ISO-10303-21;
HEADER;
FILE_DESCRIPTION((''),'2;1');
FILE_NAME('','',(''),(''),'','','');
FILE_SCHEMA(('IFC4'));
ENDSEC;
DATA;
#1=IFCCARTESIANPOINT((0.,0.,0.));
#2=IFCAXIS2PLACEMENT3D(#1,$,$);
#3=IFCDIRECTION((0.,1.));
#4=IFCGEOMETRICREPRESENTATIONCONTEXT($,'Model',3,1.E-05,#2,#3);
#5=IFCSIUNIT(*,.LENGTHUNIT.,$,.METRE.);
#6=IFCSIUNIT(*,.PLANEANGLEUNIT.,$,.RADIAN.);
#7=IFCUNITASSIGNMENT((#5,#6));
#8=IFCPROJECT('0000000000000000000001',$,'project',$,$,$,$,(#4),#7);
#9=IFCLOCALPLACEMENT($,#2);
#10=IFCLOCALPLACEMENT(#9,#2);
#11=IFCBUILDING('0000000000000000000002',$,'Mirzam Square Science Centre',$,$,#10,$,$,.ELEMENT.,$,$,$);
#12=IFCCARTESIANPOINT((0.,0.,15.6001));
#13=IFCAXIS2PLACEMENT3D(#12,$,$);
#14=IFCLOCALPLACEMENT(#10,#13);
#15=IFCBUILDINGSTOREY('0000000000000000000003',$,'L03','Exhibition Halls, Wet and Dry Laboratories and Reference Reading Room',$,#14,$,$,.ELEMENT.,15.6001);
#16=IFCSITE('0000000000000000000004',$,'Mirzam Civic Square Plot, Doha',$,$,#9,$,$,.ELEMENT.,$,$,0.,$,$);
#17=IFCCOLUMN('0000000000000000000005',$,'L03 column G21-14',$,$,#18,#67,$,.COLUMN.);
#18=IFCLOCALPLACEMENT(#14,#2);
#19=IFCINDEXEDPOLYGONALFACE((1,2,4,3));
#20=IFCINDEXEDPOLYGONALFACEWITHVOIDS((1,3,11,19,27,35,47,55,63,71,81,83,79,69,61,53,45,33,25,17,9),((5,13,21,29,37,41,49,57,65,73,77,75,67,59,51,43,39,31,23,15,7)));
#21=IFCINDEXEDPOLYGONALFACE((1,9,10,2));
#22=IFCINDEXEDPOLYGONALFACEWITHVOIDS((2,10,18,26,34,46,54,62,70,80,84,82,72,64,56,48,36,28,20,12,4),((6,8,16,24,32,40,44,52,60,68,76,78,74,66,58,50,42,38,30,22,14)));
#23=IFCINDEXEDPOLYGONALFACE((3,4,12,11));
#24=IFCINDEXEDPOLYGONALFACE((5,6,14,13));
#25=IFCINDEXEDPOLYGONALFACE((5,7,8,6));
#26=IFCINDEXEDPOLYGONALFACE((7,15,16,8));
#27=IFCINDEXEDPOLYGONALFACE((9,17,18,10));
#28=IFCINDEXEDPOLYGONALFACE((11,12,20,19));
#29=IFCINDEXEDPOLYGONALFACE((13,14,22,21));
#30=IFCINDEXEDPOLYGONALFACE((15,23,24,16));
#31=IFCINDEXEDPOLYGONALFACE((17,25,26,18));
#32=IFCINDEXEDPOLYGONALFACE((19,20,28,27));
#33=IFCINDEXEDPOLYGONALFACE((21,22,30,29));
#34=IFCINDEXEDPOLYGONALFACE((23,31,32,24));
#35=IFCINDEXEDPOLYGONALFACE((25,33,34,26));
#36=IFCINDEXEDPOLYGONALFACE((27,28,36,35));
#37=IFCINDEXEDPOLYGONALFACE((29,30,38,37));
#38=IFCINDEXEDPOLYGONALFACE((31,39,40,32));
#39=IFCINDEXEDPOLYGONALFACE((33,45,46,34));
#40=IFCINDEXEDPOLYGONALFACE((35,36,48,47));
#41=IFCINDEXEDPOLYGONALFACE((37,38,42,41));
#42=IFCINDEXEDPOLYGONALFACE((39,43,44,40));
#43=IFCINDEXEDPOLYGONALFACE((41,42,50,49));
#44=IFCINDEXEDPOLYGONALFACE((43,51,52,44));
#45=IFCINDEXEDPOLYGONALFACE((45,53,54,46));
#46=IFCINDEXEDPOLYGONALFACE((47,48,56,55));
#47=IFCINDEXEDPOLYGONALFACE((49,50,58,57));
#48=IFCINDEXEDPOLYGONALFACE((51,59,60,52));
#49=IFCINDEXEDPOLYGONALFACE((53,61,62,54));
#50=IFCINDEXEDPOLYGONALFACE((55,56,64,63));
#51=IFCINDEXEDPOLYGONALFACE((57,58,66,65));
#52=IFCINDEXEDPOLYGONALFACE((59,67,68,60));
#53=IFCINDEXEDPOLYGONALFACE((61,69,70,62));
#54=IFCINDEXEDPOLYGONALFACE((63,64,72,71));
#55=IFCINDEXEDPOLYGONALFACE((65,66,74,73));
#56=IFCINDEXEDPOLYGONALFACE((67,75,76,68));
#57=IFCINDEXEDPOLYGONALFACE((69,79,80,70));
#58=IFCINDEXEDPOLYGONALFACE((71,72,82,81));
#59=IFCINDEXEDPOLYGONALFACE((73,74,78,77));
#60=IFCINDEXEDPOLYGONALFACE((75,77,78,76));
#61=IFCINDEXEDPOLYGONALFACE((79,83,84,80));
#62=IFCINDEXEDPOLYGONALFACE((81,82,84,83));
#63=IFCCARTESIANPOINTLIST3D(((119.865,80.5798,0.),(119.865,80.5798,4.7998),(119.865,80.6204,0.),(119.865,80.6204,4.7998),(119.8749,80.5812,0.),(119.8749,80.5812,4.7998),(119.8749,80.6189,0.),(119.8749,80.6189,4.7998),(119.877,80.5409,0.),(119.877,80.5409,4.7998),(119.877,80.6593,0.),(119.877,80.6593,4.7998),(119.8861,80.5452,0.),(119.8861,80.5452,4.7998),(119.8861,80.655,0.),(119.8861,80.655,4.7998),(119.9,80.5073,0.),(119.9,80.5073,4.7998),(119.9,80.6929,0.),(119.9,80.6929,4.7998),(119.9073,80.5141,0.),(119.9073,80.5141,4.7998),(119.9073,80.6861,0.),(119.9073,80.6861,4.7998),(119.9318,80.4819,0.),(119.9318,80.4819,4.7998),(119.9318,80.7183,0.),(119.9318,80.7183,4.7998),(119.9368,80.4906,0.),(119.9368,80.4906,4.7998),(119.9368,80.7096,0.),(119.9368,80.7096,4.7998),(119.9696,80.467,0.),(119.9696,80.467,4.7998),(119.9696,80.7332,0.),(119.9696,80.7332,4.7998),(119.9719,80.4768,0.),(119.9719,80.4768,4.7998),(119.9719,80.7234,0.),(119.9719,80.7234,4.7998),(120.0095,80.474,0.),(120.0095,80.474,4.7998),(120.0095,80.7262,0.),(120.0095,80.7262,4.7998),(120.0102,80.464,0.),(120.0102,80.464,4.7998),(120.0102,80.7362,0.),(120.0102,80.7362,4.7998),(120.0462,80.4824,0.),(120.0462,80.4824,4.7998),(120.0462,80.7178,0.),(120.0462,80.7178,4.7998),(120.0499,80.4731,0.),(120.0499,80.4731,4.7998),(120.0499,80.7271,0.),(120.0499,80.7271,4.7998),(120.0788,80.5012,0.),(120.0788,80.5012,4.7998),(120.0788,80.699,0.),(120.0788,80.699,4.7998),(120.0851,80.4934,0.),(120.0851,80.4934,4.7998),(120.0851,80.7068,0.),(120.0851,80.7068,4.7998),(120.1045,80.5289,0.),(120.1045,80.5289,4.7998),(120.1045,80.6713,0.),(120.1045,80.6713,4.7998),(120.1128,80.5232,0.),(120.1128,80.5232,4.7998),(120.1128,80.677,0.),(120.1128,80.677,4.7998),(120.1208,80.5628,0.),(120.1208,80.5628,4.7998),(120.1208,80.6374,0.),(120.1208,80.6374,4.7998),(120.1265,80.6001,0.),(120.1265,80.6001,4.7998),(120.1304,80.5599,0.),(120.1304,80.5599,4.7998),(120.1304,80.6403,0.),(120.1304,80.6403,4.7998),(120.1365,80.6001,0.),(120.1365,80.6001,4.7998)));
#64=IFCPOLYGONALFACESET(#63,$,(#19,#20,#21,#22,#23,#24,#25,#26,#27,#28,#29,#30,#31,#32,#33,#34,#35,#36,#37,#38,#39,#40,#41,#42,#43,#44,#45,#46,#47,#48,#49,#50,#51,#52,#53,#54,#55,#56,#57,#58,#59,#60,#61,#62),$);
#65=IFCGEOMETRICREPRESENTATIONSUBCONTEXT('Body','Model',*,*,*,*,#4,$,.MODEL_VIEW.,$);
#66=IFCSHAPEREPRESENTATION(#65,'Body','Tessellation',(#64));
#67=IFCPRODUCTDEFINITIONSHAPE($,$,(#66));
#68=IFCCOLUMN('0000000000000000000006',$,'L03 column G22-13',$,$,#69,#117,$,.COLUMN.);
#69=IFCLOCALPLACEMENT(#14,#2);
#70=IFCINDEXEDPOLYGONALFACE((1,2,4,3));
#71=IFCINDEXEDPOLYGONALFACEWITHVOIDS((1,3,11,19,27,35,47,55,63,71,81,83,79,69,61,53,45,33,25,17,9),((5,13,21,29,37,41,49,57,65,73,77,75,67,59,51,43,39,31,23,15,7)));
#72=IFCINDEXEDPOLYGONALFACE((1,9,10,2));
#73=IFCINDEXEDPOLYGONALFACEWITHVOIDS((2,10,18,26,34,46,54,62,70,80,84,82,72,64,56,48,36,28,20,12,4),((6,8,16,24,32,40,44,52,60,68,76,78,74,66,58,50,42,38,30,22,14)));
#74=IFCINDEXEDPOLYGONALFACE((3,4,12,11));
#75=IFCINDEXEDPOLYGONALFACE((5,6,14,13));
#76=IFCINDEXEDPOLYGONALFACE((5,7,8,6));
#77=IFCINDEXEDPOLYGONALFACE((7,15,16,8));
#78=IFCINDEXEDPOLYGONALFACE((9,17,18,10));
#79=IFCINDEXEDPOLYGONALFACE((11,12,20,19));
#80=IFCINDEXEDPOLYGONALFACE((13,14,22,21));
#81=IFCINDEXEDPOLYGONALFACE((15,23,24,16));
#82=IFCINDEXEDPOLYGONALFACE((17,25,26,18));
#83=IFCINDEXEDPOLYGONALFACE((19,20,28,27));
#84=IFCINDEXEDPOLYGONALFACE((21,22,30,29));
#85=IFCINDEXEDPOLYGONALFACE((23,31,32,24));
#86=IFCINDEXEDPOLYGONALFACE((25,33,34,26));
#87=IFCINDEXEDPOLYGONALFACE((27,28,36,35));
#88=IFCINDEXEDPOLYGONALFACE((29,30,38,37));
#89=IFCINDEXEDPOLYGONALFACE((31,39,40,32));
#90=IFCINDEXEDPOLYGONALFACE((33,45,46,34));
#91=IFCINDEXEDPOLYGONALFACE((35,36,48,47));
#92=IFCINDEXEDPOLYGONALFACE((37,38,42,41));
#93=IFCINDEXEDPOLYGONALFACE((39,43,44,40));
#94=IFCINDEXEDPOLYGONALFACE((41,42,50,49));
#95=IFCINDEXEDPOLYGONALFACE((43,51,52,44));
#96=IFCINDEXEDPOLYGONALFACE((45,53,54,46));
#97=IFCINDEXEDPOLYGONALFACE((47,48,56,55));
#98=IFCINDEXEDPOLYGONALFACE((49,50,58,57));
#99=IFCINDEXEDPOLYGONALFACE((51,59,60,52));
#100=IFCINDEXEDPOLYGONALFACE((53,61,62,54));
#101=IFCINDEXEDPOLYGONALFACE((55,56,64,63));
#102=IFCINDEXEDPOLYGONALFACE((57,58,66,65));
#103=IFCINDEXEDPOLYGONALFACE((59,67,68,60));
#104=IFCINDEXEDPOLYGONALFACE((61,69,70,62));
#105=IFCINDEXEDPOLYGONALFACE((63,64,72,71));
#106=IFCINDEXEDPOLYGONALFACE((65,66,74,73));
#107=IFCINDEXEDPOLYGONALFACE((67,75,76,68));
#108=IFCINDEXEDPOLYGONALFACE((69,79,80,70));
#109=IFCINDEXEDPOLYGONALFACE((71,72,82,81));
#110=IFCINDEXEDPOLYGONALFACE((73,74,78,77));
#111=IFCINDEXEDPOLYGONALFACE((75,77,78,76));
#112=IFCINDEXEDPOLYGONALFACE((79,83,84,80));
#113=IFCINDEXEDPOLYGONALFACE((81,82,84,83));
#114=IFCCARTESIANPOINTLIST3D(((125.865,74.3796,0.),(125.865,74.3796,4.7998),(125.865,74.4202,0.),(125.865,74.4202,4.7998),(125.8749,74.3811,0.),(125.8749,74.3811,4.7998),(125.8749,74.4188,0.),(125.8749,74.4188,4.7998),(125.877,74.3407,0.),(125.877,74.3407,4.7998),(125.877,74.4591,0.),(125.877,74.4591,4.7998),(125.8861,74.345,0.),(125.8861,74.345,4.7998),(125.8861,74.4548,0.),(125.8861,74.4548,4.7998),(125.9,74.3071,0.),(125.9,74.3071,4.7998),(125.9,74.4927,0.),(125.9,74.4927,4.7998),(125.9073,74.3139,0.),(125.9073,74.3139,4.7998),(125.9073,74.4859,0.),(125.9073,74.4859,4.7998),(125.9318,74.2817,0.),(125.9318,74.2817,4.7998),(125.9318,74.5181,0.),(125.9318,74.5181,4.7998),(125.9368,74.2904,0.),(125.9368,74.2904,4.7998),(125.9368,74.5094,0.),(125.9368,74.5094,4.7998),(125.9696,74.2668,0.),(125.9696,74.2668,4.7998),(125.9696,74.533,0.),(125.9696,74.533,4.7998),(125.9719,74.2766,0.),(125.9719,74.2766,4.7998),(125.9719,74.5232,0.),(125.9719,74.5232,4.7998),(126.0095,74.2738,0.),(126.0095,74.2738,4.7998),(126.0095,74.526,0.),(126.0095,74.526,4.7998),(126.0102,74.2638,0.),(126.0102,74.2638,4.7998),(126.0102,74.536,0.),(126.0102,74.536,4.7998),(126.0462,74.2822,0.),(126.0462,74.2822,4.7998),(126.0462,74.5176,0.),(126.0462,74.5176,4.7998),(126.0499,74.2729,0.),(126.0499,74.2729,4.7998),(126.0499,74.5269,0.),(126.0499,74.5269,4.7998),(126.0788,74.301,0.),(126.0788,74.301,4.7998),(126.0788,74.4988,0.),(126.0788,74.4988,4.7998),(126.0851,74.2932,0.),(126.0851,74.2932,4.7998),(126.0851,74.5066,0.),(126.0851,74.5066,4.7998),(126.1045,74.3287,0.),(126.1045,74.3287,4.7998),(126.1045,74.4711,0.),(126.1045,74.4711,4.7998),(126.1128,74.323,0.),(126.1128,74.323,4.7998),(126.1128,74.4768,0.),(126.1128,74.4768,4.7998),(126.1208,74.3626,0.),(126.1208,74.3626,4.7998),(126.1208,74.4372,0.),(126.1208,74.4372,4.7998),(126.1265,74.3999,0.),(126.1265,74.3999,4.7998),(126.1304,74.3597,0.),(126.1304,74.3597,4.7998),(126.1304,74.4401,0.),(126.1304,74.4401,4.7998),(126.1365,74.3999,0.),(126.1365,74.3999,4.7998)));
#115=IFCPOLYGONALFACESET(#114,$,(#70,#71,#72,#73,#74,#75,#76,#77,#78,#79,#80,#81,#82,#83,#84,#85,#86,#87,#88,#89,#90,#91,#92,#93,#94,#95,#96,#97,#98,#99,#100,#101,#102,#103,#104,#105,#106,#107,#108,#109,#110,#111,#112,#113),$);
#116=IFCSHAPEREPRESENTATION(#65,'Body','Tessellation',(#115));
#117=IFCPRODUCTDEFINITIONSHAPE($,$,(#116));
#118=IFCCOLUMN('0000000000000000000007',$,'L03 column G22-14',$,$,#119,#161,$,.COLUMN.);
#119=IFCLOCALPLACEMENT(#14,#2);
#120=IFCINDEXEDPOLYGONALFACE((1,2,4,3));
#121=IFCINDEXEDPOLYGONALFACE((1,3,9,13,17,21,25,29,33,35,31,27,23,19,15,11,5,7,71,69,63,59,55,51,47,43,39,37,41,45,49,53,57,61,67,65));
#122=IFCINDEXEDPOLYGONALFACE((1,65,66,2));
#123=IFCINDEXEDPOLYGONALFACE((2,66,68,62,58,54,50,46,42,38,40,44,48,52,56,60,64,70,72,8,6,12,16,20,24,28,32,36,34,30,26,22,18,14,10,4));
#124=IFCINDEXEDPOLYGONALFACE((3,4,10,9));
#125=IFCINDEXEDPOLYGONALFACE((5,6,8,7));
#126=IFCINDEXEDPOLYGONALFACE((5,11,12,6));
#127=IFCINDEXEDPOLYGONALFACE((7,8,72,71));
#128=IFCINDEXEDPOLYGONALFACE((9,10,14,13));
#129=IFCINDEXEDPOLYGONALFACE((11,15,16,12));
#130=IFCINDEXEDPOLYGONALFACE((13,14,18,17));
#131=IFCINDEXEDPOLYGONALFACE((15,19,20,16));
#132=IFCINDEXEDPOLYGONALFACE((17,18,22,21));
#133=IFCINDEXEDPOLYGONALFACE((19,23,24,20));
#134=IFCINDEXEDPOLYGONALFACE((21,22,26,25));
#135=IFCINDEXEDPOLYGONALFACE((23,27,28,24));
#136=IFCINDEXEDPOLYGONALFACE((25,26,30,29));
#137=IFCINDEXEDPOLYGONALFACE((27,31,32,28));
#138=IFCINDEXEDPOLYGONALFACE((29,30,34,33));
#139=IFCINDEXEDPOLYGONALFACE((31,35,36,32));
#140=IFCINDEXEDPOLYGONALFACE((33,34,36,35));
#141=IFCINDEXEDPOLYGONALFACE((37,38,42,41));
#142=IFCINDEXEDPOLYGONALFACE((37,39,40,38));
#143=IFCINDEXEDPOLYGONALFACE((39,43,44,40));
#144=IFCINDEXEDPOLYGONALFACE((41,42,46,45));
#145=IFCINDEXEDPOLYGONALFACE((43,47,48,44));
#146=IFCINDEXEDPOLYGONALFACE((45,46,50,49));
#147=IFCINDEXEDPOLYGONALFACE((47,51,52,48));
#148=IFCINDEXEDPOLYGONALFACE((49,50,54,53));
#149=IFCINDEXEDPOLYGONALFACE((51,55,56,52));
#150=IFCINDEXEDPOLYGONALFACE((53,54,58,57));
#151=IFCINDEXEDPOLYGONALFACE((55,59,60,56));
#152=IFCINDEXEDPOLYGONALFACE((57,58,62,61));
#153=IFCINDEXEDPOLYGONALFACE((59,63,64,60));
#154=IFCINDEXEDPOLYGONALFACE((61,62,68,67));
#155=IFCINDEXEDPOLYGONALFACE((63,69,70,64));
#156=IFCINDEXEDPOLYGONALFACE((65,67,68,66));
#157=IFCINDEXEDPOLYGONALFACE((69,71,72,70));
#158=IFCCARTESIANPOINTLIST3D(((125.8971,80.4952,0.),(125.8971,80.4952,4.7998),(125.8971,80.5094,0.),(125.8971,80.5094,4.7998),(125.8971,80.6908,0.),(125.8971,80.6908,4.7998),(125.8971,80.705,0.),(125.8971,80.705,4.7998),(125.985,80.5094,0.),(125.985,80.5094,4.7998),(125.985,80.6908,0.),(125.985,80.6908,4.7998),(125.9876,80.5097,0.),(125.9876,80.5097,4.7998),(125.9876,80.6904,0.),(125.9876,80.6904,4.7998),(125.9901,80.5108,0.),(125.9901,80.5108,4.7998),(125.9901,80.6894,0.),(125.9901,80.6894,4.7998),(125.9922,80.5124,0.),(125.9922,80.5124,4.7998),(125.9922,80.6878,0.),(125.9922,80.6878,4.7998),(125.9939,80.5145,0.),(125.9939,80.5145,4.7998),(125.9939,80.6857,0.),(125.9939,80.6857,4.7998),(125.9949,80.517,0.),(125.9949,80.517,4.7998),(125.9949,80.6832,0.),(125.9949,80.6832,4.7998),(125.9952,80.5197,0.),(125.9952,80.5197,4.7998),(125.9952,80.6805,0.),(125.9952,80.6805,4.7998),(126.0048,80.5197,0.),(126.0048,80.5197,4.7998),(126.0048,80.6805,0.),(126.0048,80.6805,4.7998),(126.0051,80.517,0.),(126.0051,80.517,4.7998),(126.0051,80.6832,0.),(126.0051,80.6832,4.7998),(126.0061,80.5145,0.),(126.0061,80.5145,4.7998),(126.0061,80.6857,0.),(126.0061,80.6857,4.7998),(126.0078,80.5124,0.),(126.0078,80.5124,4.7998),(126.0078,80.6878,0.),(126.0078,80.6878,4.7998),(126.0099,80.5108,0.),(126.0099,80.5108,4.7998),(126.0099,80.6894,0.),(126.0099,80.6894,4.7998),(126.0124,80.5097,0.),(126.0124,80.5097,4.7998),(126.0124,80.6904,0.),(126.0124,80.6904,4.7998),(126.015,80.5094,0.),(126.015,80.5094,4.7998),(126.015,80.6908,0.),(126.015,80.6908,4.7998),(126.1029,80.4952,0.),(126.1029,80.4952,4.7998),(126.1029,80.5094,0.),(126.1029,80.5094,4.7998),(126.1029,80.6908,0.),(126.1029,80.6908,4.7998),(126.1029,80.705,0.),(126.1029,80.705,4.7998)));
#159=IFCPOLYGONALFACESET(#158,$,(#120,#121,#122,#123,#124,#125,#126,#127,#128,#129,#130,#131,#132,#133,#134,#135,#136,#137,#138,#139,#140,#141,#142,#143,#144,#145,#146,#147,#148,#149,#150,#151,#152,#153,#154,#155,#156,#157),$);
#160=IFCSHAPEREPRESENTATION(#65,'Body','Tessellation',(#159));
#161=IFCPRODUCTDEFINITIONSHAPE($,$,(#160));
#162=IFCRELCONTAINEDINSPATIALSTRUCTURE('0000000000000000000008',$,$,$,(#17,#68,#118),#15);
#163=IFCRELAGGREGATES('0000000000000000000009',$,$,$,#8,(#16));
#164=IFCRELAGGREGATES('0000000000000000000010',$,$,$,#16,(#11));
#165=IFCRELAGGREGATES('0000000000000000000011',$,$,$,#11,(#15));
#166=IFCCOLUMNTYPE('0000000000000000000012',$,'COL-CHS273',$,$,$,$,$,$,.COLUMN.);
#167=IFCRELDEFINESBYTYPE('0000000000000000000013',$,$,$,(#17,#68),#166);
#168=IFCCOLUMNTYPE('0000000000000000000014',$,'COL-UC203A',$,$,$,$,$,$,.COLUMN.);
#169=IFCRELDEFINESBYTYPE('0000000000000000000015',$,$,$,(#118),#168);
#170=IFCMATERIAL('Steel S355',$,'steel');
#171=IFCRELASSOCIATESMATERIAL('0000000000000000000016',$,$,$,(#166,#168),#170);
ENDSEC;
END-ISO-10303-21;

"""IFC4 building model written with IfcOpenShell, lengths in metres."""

from ifc_helpers import new_model, si_unit, direction, frame, origin, origin_2d, place, context, subcontext, project, spatial, hollow_circle, i_section, extrude, material, material_profile, profile_set, type_object, element, save


model = new_model("IFC4")

# Units and contexts
model_context = context("Model", 3, precision=1e-05, world=origin(), true_north=direction((0.0, 1.0)))
body_context = subcontext(model_context, "Body", "Model", "MODEL_VIEW")
ifc_project = project(units=[si_unit("LENGTHUNIT", "METRE"), si_unit("PLANEANGLEUNIT", "RADIAN")], contexts=[model_context])

# Site, building, storey
site_placement = place(None, origin())
site = spatial("IfcSite", under=ifc_project, at=site_placement, Name="Mirzam Civic Square Plot, Doha", CompositionType="ELEMENT", RefElevation=0.0)
building_placement = place(site_placement, origin())
building = spatial("IfcBuilding", under=site, at=building_placement, Name="Mirzam Square Science Centre", CompositionType="ELEMENT")
storey_placement = place(building_placement, frame((0.0, 0.0, 15.6001)))
storey = spatial("IfcBuildingStorey", under=building, at=storey_placement, Name="L03", Description="Exhibition Halls, Wet and Dry Laboratories and Reference Reading Room", CompositionType="ELEMENT", Elevation=15.6001)

# Columns
ifc_material_1 = material(Name="Steel S355", Category="steel")
ifc_material_profile_1 = material_profile(ifc_material_1, hollow_circle(Radius=0.1365, WallThickness=0.01, at=origin_2d()), Name="273.0x10.0CHS")
ifc_profile_set_1 = profile_set([ifc_material_profile_1], Name="Steel S355")
column_type_1 = type_object("IfcColumnType", Name="COL-CHS273", PredefinedType="COLUMN", material=ifc_profile_set_1)
for number, where, z_axis, x_axis, name in (
    (1, (120.0, 80.6001, 0.0), (0.0, 0.0, 1.0), (1.0, 0.0, 0.0), "L03 column G21-14"),
    (2, (126.0, 74.3999, 0.0), (0.0, 0.0, 1.0), (1.0, 0.0, 0.0), "L03 column G22-13"),
):
    element("IfcColumn", number, at=place(storey_placement, frame(where, z_axis=z_axis, x_axis=x_axis)), inside=storey, type_object=column_type_1, Name=name, PredefinedType="COLUMN", context=body_context, shape_type="SweptSolid", body=[
        extrude(hollow_circle(Radius=0.1365, WallThickness=0.01, at=origin_2d()), origin(), (0.0, 0.0, 1.0), 4.7998),
    ])
ifc_material_profile_2 = material_profile(ifc_material_1, i_section(OverallWidth=0.2058, OverallDepth=0.2097, WebThickness=0.0095, FlangeThickness=0.0142, FilletRadius=0.0103, at=origin_2d()), Name="203x203x60UC")
ifc_profile_set_2 = profile_set([ifc_material_profile_2], Name="Steel S355")
column_type_2 = type_object("IfcColumnType", Name="COL-UC203A", PredefinedType="COLUMN", material=ifc_profile_set_2)
column_placement = place(storey_placement, frame((126.0, 80.6001, 0.0), z_axis=(0.0, 0.0, 1.0), x_axis=(1.0, 0.0, 0.0)))
element("IfcColumn", 3, at=column_placement, inside=storey, type_object=column_type_2, Name="L03 column G22-14", PredefinedType="COLUMN", context=body_context, shape_type="SweptSolid", body=[
    extrude(i_section(OverallWidth=0.2058, OverallDepth=0.2097, WebThickness=0.0095, FlangeThickness=0.0142, FilletRadius=0.0103, at=origin_2d()), origin(), (0.0, 0.0, 1.0), 4.7998),
])

save(model, "model.ifc")
